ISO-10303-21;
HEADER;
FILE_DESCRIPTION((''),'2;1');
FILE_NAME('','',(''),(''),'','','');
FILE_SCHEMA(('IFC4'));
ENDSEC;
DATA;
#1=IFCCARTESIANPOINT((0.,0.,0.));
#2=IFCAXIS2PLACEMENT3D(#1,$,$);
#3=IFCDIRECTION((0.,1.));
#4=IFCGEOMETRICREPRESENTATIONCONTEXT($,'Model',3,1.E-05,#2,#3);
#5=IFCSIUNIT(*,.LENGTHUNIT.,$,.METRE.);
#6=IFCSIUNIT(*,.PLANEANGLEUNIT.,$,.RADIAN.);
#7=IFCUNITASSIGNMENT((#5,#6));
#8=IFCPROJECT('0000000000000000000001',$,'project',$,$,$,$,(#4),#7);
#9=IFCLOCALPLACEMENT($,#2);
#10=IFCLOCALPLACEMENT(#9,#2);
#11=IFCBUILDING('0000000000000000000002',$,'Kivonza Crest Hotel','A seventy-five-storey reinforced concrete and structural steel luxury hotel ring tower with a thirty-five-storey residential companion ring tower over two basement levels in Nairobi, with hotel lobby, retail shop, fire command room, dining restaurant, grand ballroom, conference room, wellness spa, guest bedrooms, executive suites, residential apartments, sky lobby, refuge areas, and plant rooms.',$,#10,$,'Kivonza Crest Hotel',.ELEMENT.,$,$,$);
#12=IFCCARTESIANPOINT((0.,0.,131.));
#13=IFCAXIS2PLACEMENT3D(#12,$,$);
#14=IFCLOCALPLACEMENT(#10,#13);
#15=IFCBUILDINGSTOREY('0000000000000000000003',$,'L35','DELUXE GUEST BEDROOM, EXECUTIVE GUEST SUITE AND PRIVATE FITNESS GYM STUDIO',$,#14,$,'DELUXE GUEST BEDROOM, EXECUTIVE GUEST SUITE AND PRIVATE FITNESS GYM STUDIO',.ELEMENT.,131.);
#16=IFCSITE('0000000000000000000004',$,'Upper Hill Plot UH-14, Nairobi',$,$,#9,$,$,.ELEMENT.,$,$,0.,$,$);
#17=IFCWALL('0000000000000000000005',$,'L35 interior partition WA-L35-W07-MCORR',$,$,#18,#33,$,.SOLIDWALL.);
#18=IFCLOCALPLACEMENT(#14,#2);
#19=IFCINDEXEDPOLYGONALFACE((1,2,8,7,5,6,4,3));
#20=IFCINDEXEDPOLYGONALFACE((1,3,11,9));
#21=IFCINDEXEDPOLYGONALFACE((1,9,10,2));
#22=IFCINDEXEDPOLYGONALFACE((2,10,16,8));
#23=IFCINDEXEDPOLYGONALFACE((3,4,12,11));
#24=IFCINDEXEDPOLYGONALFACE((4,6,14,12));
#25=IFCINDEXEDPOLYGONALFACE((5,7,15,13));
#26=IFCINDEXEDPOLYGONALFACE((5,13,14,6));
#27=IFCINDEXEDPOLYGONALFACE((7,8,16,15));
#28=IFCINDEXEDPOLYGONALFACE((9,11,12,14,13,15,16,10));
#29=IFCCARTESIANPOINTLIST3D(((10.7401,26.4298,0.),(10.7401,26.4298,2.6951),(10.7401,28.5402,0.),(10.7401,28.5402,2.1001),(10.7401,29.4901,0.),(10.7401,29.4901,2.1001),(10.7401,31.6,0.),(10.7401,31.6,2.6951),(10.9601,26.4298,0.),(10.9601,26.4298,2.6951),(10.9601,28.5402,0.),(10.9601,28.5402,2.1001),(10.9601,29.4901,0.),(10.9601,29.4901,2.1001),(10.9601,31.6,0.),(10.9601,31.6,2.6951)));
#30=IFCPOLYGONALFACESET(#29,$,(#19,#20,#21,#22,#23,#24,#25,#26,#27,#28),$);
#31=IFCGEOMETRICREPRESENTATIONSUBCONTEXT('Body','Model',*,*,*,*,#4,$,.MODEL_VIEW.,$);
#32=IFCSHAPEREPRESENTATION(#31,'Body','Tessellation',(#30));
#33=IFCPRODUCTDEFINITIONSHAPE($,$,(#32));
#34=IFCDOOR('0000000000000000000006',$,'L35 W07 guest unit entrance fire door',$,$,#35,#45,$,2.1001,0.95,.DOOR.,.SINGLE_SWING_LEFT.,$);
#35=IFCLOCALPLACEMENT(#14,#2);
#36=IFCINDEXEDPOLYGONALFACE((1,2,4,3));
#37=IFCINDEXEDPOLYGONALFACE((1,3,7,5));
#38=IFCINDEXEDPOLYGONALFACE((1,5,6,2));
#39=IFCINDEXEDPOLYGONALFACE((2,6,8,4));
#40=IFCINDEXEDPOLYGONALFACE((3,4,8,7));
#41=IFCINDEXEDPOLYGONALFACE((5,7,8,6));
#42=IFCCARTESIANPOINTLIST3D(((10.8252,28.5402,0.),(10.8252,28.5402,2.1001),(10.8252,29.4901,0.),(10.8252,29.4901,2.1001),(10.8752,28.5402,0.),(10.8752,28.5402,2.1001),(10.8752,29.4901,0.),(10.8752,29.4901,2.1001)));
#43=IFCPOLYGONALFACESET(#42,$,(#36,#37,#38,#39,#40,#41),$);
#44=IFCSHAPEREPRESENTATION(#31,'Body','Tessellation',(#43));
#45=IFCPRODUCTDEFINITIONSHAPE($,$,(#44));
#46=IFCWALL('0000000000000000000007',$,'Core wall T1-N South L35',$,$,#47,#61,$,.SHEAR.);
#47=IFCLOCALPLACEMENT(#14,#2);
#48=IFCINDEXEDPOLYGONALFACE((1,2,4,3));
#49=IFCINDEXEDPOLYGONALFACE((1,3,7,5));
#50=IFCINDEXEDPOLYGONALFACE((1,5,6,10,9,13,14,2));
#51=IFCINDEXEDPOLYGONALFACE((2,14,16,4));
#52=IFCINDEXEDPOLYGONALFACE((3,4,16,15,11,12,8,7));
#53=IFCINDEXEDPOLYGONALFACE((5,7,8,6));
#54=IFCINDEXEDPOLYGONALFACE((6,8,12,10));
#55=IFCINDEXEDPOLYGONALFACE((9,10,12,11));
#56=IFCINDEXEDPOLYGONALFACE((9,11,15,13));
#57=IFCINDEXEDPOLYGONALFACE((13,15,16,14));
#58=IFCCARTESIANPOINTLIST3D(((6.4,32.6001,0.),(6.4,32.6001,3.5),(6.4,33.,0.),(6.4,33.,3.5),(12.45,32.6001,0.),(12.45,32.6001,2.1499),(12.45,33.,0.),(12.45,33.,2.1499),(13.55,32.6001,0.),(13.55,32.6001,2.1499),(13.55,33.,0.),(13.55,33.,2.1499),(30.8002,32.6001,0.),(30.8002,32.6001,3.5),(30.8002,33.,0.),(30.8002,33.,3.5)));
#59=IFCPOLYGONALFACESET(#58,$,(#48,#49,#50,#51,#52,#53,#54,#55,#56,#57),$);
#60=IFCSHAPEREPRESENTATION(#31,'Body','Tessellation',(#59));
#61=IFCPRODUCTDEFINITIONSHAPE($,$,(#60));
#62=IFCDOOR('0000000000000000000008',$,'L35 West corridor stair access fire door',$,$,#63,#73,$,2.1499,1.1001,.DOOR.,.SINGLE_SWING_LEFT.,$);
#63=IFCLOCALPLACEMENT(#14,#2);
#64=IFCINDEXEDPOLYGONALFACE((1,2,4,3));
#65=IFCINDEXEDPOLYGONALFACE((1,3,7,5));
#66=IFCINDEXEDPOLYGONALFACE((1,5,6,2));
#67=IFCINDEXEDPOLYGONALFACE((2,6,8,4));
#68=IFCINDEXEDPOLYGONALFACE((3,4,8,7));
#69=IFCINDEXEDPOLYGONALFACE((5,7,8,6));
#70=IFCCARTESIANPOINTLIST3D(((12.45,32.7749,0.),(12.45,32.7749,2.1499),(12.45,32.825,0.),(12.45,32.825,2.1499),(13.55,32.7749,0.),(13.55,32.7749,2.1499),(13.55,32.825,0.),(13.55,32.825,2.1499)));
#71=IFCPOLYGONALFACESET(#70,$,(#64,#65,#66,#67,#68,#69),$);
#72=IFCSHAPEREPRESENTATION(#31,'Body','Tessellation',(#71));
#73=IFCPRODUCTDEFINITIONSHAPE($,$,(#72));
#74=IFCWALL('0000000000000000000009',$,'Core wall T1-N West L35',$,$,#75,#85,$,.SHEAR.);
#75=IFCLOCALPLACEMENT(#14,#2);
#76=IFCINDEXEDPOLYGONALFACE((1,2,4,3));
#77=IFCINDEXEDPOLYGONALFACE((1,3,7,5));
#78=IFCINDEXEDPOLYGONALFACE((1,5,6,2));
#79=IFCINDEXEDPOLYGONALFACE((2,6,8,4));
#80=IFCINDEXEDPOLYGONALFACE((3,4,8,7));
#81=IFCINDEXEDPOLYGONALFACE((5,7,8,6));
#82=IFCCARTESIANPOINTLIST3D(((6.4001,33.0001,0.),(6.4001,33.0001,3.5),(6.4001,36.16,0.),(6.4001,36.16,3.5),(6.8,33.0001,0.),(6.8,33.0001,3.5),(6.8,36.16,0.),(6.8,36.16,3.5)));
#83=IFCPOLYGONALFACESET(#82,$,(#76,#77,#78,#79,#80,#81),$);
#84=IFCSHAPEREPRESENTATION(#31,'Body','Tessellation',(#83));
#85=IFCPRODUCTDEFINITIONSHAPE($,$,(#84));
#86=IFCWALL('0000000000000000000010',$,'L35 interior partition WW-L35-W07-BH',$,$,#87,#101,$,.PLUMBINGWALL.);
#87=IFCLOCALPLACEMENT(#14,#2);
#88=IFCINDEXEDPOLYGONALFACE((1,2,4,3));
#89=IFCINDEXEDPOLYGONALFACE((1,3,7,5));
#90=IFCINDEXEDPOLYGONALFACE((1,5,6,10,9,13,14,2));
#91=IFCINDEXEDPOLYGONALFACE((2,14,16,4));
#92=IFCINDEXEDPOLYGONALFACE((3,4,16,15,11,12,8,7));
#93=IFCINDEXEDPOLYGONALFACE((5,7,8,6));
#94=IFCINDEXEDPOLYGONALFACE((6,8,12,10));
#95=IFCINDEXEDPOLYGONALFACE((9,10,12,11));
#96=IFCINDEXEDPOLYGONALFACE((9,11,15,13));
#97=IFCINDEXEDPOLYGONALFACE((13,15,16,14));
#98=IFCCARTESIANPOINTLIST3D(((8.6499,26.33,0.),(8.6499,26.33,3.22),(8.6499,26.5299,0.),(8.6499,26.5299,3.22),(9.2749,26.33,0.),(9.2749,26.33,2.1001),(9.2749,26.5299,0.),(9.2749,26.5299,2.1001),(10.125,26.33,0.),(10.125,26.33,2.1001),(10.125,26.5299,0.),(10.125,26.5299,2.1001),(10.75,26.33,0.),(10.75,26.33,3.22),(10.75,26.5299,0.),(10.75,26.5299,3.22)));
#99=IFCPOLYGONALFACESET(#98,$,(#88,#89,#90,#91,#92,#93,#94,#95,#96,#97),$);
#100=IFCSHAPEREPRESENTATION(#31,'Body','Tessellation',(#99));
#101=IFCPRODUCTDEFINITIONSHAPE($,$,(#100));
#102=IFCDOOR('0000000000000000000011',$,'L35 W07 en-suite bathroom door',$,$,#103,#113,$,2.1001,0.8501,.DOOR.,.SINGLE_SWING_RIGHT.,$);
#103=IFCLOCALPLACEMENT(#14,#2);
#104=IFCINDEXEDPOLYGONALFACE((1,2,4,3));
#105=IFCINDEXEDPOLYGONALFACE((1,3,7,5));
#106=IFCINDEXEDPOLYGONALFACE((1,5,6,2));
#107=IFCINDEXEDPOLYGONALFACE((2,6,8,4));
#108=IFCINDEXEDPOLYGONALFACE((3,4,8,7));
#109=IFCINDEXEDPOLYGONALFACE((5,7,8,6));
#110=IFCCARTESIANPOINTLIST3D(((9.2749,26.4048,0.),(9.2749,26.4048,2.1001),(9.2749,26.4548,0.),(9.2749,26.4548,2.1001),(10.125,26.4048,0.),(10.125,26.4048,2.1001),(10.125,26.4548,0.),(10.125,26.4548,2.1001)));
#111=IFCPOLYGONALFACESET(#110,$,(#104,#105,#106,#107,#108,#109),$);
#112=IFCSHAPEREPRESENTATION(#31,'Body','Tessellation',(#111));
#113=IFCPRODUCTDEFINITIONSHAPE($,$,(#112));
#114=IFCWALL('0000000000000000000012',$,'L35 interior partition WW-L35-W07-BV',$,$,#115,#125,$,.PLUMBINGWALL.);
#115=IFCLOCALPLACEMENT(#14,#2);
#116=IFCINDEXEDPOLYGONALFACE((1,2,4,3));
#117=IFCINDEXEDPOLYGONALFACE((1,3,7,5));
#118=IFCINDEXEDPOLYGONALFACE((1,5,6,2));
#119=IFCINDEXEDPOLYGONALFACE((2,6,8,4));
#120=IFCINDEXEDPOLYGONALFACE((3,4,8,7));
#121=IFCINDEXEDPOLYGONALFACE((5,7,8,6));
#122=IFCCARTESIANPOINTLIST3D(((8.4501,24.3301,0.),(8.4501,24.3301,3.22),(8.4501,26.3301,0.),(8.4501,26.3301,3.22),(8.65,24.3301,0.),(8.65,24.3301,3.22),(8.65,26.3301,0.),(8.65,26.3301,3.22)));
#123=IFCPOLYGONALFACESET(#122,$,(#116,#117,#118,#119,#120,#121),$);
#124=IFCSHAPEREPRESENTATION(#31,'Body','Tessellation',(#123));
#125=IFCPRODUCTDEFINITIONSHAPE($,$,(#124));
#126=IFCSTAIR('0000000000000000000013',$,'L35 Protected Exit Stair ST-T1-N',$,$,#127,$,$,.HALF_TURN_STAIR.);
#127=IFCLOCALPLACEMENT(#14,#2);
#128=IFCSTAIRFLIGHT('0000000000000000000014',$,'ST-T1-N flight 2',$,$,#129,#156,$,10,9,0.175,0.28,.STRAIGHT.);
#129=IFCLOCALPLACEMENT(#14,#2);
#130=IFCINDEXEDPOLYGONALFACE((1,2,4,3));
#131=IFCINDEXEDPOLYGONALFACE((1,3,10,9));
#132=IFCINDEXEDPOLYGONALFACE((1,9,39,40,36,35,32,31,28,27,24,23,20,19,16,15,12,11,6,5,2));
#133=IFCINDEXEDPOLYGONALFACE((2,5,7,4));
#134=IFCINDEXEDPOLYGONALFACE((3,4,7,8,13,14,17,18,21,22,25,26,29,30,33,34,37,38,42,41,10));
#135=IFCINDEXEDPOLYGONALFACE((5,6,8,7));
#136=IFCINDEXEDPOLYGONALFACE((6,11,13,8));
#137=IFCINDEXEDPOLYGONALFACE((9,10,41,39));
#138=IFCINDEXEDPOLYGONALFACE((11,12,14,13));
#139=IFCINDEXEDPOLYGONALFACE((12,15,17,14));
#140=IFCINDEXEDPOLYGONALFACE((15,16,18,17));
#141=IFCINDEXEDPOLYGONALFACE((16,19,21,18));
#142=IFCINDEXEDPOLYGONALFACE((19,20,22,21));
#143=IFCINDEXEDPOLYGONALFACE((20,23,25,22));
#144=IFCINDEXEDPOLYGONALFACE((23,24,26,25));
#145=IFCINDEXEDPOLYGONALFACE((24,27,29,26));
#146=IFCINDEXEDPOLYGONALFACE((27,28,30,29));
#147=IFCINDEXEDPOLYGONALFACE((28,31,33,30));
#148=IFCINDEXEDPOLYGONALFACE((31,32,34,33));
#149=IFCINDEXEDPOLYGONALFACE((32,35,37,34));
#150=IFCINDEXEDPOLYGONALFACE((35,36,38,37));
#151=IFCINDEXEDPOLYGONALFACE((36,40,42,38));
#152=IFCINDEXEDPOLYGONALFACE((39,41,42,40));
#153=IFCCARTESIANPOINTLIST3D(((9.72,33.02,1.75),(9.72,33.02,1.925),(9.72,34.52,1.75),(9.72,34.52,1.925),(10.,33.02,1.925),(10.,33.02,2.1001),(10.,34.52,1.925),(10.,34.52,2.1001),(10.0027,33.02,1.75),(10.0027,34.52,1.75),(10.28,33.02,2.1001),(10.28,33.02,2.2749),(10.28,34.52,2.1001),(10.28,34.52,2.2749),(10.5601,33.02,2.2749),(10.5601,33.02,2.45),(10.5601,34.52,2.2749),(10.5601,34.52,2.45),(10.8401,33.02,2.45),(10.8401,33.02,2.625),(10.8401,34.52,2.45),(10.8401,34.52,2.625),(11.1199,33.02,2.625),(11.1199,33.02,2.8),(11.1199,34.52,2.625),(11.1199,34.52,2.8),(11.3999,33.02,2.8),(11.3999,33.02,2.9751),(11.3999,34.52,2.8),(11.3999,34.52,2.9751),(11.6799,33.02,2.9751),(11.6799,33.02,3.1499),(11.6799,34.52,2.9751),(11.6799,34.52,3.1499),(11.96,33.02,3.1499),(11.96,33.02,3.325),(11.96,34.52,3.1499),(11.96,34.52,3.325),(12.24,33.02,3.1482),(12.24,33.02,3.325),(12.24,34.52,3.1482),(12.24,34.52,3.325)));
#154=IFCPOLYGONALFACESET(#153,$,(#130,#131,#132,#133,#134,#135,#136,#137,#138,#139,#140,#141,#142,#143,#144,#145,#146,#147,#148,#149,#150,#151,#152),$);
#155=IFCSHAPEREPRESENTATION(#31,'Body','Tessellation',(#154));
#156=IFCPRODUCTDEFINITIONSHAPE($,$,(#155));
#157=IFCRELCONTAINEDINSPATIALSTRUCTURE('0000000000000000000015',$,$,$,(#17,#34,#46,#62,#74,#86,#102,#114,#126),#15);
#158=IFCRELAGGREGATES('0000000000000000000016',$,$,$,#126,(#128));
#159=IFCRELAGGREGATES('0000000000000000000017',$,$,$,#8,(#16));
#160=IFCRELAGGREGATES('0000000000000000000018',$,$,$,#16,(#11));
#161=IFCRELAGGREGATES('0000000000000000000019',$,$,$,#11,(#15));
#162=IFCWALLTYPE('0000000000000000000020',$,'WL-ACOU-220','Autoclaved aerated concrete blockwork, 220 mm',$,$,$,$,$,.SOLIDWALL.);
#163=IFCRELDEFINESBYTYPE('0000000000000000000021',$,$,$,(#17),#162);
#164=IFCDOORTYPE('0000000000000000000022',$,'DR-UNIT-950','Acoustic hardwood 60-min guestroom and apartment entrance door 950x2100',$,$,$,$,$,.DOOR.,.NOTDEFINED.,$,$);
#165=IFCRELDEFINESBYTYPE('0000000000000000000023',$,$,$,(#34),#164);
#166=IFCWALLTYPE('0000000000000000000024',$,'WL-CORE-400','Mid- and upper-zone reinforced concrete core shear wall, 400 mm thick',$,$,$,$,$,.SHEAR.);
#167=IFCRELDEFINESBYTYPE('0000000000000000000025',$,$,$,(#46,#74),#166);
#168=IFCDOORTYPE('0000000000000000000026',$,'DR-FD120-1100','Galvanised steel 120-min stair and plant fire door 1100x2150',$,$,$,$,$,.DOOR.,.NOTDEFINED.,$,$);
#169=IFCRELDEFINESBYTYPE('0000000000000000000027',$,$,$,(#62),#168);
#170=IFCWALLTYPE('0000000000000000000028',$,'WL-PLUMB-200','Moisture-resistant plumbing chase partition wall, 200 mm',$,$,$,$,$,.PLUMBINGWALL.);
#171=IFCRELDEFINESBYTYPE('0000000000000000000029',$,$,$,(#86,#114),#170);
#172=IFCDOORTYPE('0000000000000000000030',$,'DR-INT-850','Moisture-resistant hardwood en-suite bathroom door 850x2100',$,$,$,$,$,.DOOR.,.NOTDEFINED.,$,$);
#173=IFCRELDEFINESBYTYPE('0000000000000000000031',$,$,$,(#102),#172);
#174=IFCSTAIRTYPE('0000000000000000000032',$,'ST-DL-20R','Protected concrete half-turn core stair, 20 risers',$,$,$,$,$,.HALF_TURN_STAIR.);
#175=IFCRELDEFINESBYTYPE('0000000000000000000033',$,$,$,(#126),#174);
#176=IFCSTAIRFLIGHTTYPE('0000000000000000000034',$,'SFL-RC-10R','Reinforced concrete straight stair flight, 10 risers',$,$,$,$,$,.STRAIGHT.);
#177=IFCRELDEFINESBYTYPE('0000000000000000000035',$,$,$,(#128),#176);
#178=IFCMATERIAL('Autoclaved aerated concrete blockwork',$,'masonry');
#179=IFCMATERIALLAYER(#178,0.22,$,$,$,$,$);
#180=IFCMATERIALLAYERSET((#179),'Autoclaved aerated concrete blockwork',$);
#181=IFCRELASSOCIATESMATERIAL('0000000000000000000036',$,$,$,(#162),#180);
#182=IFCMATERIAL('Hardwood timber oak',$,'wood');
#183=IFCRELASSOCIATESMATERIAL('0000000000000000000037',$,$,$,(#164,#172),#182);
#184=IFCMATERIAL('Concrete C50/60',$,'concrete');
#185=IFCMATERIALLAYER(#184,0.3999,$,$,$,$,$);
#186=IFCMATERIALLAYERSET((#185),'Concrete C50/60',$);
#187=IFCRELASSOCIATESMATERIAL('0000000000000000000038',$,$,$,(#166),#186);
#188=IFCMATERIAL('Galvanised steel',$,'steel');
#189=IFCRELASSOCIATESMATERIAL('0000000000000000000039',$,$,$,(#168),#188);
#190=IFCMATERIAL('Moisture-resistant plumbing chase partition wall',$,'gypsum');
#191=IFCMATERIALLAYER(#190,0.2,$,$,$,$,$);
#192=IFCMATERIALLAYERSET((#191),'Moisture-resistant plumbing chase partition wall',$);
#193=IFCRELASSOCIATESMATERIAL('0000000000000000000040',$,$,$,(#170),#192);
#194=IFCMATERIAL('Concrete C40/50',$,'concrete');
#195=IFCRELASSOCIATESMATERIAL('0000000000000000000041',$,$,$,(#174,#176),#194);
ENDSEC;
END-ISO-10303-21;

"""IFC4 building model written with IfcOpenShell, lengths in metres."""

from ifc_helpers import new_model, si_unit, direction, frame, frame_2d, origin, place, context, subcontext, project, spatial, polyline, rectangle, outline, extrude, material, layer, layer_set, type_object, element, fill, aggregate, save


model = new_model("IFC4")

# Units and contexts
model_context = context("Model", 3, precision=1e-05, world=origin(), true_north=direction((0.0, 1.0)))
body_context = subcontext(model_context, "Body", "Model", "MODEL_VIEW")
ifc_project = project(units=[si_unit("LENGTHUNIT", "METRE"), si_unit("PLANEANGLEUNIT", "RADIAN")], contexts=[model_context])

# Site, building, storey
site_placement = place(None, origin())
site = spatial("IfcSite", under=ifc_project, at=site_placement, Name="Upper Hill Plot UH-14, Nairobi", CompositionType="ELEMENT", RefElevation=0.0)
building_placement = place(site_placement, origin())
building = spatial("IfcBuilding", under=site, at=building_placement, Name="Kivonza Crest Hotel", Description="A seventy-five-storey reinforced concrete and structural steel luxury hotel ring tower with a thirty-five-storey residential companion ring tower over two basement levels in Nairobi, with hotel lobby, retail shop, fire command room, dining restaurant, grand ballroom, conference room, wellness spa, guest bedrooms, executive suites, residential apartments, sky lobby, refuge areas, and plant rooms.", LongName="Kivonza Crest Hotel", CompositionType="ELEMENT")
storey_placement = place(building_placement, frame((0.0, 0.0, 131.0)))
storey = spatial("IfcBuildingStorey", under=building, at=storey_placement, Name="L35", Description="DELUXE GUEST BEDROOM, EXECUTIVE GUEST SUITE AND PRIVATE FITNESS GYM STUDIO", LongName="DELUXE GUEST BEDROOM, EXECUTIVE GUEST SUITE AND PRIVATE FITNESS GYM STUDIO", CompositionType="ELEMENT", Elevation=131.0)

# Shared definitions
ifc_material_1 = material(Name="Concrete C50/60", Category="concrete")

# Shared definitions
ifc_material_2 = material(Name="Autoclaved aerated concrete blockwork", Category="masonry")
ifc_layer_1 = layer(ifc_material_2, 0.22)
ifc_layer_set_1 = layer_set([ifc_layer_1], Name="Autoclaved aerated concrete blockwork")
wall_type_1 = type_object("IfcWallType", Name="WL-ACOU-220", Description="Autoclaved aerated concrete blockwork, 220 mm", PredefinedType="SOLIDWALL", material=ifc_layer_set_1)

# Walls, openings, doors
wall_1_placement = place(storey_placement, frame((10.8501, 26.4299, 0.0), z_axis=(0.0, 0.0, 1.0), x_axis=(0.0, 1.0, 0.0)))
wall_1 = element("IfcWall", 1, at=wall_1_placement, inside=storey, type_object=wall_type_1, Name="L35 interior partition WA-L35-W07-MCORR", PredefinedType="SOLIDWALL", context=body_context, shape_type="SweptSolid", body=[
    extrude(rectangle(XDim=5.1702, YDim=0.22, at=frame_2d((2.585, 0.0))), origin(), (0.0, 0.0, 1.0), 2.6951),
])
opening_1_placement = place(wall_1_placement, frame((2.1101, 0.0, 0.0)))
opening_1 = element("IfcOpeningElement", 2, at=opening_1_placement, cuts=wall_1, PredefinedType="OPENING", context=body_context, shape_type="SweptSolid", body=[
    extrude(rectangle(XDim=0.95, YDim=2.1001, at=frame_2d((0.4751, 1.05))), frame((0.0, 0.1201, 0.0), z_axis=(0.0, -1.0, 0.0), x_axis=(1.0, 0.0, 0.0)), (0.0, 0.0, 1.0), 0.24),
])
ifc_material_3 = material(Name="Hardwood timber oak", Category="wood")
door_type_1 = type_object("IfcDoorType", Name="DR-UNIT-950", Description="Acoustic hardwood 60-min guestroom and apartment entrance door 950x2100", OperationType="NOTDEFINED", PredefinedType="DOOR", material=ifc_material_3)
door_1_placement = place(opening_1_placement, origin())
door_1 = element("IfcDoor", 3, at=door_1_placement, inside=storey, type_object=door_type_1, Name="L35 W07 guest unit entrance fire door", OperationType="SINGLE_SWING_LEFT", OverallHeight=2.1001, OverallWidth=0.95, PredefinedType="DOOR", context=body_context, shape_type="SweptSolid", body=[
    extrude(rectangle(XDim=0.95, YDim=2.1001, at=frame_2d((0.4751, 1.05))), frame((0.0, 0.0249, 0.0), z_axis=(0.0, -1.0, 0.0), x_axis=(1.0, 0.0, 0.0)), (0.0, 0.0, 1.0), 0.05),
])
fill(opening_1, door_1)
ifc_layer_2 = layer(ifc_material_1, 0.3999)
ifc_layer_set_2 = layer_set([ifc_layer_2], Name="Concrete C50/60")
wall_type_2 = type_object("IfcWallType", Name="WL-CORE-400", Description="Mid- and upper-zone reinforced concrete core shear wall, 400 mm thick", PredefinedType="SHEAR", material=ifc_layer_set_2)
wall_2_placement = place(storey_placement, frame((6.3999, 32.8, 0.0), z_axis=(0.0, 0.0, 1.0), x_axis=(1.0, 0.0, 0.0)))
wall_2 = element("IfcWall", 4, at=wall_2_placement, inside=storey, type_object=wall_type_2, Name="Core wall T1-N South L35", PredefinedType="SHEAR", context=body_context, shape_type="SweptSolid", body=[
    extrude(rectangle(XDim=24.4001, YDim=0.3999, at=frame_2d((12.2002, 0.0))), origin(), (0.0, 0.0, 1.0), 3.5),
])
opening_2_placement = place(wall_2_placement, frame((6.05, 0.0, 0.0)))
opening_2 = element("IfcOpeningElement", 5, at=opening_2_placement, cuts=wall_2, PredefinedType="OPENING", context=body_context, shape_type="SweptSolid", body=[
    extrude(rectangle(XDim=1.1001, YDim=2.1499, at=frame_2d((0.55, 1.075))), frame((0.0, 0.21, 0.0), z_axis=(0.0, -1.0, 0.0), x_axis=(1.0, 0.0, 0.0)), (0.0, 0.0, 1.0), 0.4199),
])
ifc_material_4 = material(Name="Galvanised steel", Category="steel")
door_type_2 = type_object("IfcDoorType", Name="DR-FD120-1100", Description="Galvanised steel 120-min stair and plant fire door 1100x2150", OperationType="NOTDEFINED", PredefinedType="DOOR", material=ifc_material_4)
door_2_placement = place(opening_2_placement, origin())
door_2 = element("IfcDoor", 6, at=door_2_placement, inside=storey, type_object=door_type_2, Name="L35 West corridor stair access fire door", OperationType="SINGLE_SWING_LEFT", OverallHeight=2.1499, OverallWidth=1.1001, PredefinedType="DOOR", context=body_context, shape_type="SweptSolid", body=[
    extrude(rectangle(XDim=1.1001, YDim=2.1499, at=frame_2d((0.55, 1.075))), frame((0.0, 0.0249, 0.0), z_axis=(0.0, -1.0, 0.0), x_axis=(1.0, 0.0, 0.0)), (0.0, 0.0, 1.0), 0.05),
])
fill(opening_2, door_2)

# Wall
wall_3_placement = place(storey_placement, frame((6.6001, 33.0, 0.0), z_axis=(0.0, 0.0, 1.0), x_axis=(0.0, 1.0, 0.0)))
element("IfcWall", 7, at=wall_3_placement, inside=storey, type_object=wall_type_2, Name="Core wall T1-N West L35", PredefinedType="SHEAR", context=body_context, shape_type="SweptSolid", body=[
    extrude(rectangle(XDim=3.1599, YDim=0.3999, at=frame_2d((1.5801, 0.0))), origin(), (0.0, 0.0, 1.0), 3.5),
])

# Wall, opening, door
ifc_material_5 = material(Name="Moisture-resistant plumbing chase partition wall", Category="gypsum")
ifc_layer_3 = layer(ifc_material_5, 0.2)
ifc_layer_set_3 = layer_set([ifc_layer_3], Name="Moisture-resistant plumbing chase partition wall")
wall_type_3 = type_object("IfcWallType", Name="WL-PLUMB-200", Description="Moisture-resistant plumbing chase partition wall, 200 mm", PredefinedType="PLUMBINGWALL", material=ifc_layer_set_3)
wall_4_placement = place(storey_placement, frame((8.6499, 26.4299, 0.0), z_axis=(0.0, 0.0, 1.0), x_axis=(1.0, 0.0, 0.0)))
wall_4 = element("IfcWall", 8, at=wall_4_placement, inside=storey, type_object=wall_type_3, Name="L35 interior partition WW-L35-W07-BH", PredefinedType="PLUMBINGWALL", context=body_context, shape_type="SweptSolid", body=[
    extrude(rectangle(XDim=2.1001, YDim=0.2, at=frame_2d((1.05, 0.0))), origin(), (0.0, 0.0, 1.0), 3.22),
])
opening_3_placement = place(wall_4_placement, frame((0.625, 0.0, 0.0)))
opening_3 = element("IfcOpeningElement", 9, at=opening_3_placement, cuts=wall_4, PredefinedType="OPENING", context=body_context, shape_type="SweptSolid", body=[
    extrude(rectangle(XDim=0.8501, YDim=2.1001, at=frame_2d((0.425, 1.05))), frame((0.0, 0.1099, 0.0), z_axis=(0.0, -1.0, 0.0), x_axis=(1.0, 0.0, 0.0)), (0.0, 0.0, 1.0), 0.22),
])
door_type_3 = type_object("IfcDoorType", Name="DR-INT-850", Description="Moisture-resistant hardwood en-suite bathroom door 850x2100", OperationType="NOTDEFINED", PredefinedType="DOOR", material=ifc_material_3)
door_3_placement = place(opening_3_placement, origin())
door_3 = element("IfcDoor", 10, at=door_3_placement, inside=storey, type_object=door_type_3, Name="L35 W07 en-suite bathroom door", OperationType="SINGLE_SWING_RIGHT", OverallHeight=2.1001, OverallWidth=0.8501, PredefinedType="DOOR", context=body_context, shape_type="SweptSolid", body=[
    extrude(rectangle(XDim=0.8501, YDim=2.1001, at=frame_2d((0.425, 1.05))), frame((0.0, 0.0249, 0.0), z_axis=(0.0, -1.0, 0.0), x_axis=(1.0, 0.0, 0.0)), (0.0, 0.0, 1.0), 0.05),
])
fill(opening_3, door_3)

# Wall
wall_5_placement = place(storey_placement, frame((8.55, 24.3301, 0.0), z_axis=(0.0, 0.0, 1.0), x_axis=(0.0, 1.0, 0.0)))
element("IfcWall", 11, at=wall_5_placement, inside=storey, type_object=wall_type_3, Name="L35 interior partition WW-L35-W07-BV", PredefinedType="PLUMBINGWALL", context=body_context, shape_type="SweptSolid", body=[
    extrude(rectangle(XDim=2.0, YDim=0.2, at=frame_2d((1.0, 0.0))), origin(), (0.0, 0.0, 1.0), 3.22),
])

# Stair, stair flight
ifc_material_6 = material(Name="Concrete C40/50", Category="concrete")
stair_type = type_object("IfcStairType", Name="ST-DL-20R", Description="Protected concrete half-turn core stair, 20 risers", PredefinedType="HALF_TURN_STAIR", material=ifc_material_6)
stair_placement = place(storey_placement, origin())
stair = element("IfcStair", 12, at=stair_placement, inside=storey, type_object=stair_type, Name="L35 Protected Exit Stair ST-T1-N", PredefinedType="HALF_TURN_STAIR")
stair_flight_type = type_object("IfcStairFlightType", Name="SFL-RC-10R", Description="Reinforced concrete straight stair flight, 10 risers", PredefinedType="STRAIGHT", material=ifc_material_6)
stair_flight_placement = place(storey_placement, frame((9.72, 33.77, 1.75), z_axis=(0.0, 0.0, 1.0), x_axis=(1.0, 0.0, 0.0)))
stair_flight = element("IfcStairFlight", 13, at=stair_flight_placement, type_object=stair_flight_type, Name="ST-T1-N flight 2", NumberOfRisers=10, NumberOfTreads=9, PredefinedType="STRAIGHT", RiserHeight=0.175, TreadLength=0.28, context=body_context, shape_type="SweptSolid", body=[
    extrude(outline(polyline([(0.0, 0.0), (0.0, 0.175), (0.28, 0.175), (0.28, 0.3501), (0.5601, 0.3501), (0.5601, 0.5249), (0.8401, 0.5249), (0.8401, 0.7), (1.1201, 0.7), (1.1201, 0.875), (1.3999, 0.875), (1.3999, 1.05), (1.6799, 1.05), (1.6799, 1.2251), (1.96, 1.2251), (1.96, 1.3999), (2.24, 1.3999), (2.24, 1.575), (2.52, 1.575), (2.52, 1.75), (2.52, 1.3982), (0.2827, 0.0), (0.0, 0.0)])), frame((0.0, 0.75, 0.0), z_axis=(0.0, -1.0, 0.0), x_axis=(1.0, 0.0, 0.0)), (0.0, 0.0, 1.0), 1.5),
])
aggregate(stair, [stair_flight])

save(model, "model.ifc")
